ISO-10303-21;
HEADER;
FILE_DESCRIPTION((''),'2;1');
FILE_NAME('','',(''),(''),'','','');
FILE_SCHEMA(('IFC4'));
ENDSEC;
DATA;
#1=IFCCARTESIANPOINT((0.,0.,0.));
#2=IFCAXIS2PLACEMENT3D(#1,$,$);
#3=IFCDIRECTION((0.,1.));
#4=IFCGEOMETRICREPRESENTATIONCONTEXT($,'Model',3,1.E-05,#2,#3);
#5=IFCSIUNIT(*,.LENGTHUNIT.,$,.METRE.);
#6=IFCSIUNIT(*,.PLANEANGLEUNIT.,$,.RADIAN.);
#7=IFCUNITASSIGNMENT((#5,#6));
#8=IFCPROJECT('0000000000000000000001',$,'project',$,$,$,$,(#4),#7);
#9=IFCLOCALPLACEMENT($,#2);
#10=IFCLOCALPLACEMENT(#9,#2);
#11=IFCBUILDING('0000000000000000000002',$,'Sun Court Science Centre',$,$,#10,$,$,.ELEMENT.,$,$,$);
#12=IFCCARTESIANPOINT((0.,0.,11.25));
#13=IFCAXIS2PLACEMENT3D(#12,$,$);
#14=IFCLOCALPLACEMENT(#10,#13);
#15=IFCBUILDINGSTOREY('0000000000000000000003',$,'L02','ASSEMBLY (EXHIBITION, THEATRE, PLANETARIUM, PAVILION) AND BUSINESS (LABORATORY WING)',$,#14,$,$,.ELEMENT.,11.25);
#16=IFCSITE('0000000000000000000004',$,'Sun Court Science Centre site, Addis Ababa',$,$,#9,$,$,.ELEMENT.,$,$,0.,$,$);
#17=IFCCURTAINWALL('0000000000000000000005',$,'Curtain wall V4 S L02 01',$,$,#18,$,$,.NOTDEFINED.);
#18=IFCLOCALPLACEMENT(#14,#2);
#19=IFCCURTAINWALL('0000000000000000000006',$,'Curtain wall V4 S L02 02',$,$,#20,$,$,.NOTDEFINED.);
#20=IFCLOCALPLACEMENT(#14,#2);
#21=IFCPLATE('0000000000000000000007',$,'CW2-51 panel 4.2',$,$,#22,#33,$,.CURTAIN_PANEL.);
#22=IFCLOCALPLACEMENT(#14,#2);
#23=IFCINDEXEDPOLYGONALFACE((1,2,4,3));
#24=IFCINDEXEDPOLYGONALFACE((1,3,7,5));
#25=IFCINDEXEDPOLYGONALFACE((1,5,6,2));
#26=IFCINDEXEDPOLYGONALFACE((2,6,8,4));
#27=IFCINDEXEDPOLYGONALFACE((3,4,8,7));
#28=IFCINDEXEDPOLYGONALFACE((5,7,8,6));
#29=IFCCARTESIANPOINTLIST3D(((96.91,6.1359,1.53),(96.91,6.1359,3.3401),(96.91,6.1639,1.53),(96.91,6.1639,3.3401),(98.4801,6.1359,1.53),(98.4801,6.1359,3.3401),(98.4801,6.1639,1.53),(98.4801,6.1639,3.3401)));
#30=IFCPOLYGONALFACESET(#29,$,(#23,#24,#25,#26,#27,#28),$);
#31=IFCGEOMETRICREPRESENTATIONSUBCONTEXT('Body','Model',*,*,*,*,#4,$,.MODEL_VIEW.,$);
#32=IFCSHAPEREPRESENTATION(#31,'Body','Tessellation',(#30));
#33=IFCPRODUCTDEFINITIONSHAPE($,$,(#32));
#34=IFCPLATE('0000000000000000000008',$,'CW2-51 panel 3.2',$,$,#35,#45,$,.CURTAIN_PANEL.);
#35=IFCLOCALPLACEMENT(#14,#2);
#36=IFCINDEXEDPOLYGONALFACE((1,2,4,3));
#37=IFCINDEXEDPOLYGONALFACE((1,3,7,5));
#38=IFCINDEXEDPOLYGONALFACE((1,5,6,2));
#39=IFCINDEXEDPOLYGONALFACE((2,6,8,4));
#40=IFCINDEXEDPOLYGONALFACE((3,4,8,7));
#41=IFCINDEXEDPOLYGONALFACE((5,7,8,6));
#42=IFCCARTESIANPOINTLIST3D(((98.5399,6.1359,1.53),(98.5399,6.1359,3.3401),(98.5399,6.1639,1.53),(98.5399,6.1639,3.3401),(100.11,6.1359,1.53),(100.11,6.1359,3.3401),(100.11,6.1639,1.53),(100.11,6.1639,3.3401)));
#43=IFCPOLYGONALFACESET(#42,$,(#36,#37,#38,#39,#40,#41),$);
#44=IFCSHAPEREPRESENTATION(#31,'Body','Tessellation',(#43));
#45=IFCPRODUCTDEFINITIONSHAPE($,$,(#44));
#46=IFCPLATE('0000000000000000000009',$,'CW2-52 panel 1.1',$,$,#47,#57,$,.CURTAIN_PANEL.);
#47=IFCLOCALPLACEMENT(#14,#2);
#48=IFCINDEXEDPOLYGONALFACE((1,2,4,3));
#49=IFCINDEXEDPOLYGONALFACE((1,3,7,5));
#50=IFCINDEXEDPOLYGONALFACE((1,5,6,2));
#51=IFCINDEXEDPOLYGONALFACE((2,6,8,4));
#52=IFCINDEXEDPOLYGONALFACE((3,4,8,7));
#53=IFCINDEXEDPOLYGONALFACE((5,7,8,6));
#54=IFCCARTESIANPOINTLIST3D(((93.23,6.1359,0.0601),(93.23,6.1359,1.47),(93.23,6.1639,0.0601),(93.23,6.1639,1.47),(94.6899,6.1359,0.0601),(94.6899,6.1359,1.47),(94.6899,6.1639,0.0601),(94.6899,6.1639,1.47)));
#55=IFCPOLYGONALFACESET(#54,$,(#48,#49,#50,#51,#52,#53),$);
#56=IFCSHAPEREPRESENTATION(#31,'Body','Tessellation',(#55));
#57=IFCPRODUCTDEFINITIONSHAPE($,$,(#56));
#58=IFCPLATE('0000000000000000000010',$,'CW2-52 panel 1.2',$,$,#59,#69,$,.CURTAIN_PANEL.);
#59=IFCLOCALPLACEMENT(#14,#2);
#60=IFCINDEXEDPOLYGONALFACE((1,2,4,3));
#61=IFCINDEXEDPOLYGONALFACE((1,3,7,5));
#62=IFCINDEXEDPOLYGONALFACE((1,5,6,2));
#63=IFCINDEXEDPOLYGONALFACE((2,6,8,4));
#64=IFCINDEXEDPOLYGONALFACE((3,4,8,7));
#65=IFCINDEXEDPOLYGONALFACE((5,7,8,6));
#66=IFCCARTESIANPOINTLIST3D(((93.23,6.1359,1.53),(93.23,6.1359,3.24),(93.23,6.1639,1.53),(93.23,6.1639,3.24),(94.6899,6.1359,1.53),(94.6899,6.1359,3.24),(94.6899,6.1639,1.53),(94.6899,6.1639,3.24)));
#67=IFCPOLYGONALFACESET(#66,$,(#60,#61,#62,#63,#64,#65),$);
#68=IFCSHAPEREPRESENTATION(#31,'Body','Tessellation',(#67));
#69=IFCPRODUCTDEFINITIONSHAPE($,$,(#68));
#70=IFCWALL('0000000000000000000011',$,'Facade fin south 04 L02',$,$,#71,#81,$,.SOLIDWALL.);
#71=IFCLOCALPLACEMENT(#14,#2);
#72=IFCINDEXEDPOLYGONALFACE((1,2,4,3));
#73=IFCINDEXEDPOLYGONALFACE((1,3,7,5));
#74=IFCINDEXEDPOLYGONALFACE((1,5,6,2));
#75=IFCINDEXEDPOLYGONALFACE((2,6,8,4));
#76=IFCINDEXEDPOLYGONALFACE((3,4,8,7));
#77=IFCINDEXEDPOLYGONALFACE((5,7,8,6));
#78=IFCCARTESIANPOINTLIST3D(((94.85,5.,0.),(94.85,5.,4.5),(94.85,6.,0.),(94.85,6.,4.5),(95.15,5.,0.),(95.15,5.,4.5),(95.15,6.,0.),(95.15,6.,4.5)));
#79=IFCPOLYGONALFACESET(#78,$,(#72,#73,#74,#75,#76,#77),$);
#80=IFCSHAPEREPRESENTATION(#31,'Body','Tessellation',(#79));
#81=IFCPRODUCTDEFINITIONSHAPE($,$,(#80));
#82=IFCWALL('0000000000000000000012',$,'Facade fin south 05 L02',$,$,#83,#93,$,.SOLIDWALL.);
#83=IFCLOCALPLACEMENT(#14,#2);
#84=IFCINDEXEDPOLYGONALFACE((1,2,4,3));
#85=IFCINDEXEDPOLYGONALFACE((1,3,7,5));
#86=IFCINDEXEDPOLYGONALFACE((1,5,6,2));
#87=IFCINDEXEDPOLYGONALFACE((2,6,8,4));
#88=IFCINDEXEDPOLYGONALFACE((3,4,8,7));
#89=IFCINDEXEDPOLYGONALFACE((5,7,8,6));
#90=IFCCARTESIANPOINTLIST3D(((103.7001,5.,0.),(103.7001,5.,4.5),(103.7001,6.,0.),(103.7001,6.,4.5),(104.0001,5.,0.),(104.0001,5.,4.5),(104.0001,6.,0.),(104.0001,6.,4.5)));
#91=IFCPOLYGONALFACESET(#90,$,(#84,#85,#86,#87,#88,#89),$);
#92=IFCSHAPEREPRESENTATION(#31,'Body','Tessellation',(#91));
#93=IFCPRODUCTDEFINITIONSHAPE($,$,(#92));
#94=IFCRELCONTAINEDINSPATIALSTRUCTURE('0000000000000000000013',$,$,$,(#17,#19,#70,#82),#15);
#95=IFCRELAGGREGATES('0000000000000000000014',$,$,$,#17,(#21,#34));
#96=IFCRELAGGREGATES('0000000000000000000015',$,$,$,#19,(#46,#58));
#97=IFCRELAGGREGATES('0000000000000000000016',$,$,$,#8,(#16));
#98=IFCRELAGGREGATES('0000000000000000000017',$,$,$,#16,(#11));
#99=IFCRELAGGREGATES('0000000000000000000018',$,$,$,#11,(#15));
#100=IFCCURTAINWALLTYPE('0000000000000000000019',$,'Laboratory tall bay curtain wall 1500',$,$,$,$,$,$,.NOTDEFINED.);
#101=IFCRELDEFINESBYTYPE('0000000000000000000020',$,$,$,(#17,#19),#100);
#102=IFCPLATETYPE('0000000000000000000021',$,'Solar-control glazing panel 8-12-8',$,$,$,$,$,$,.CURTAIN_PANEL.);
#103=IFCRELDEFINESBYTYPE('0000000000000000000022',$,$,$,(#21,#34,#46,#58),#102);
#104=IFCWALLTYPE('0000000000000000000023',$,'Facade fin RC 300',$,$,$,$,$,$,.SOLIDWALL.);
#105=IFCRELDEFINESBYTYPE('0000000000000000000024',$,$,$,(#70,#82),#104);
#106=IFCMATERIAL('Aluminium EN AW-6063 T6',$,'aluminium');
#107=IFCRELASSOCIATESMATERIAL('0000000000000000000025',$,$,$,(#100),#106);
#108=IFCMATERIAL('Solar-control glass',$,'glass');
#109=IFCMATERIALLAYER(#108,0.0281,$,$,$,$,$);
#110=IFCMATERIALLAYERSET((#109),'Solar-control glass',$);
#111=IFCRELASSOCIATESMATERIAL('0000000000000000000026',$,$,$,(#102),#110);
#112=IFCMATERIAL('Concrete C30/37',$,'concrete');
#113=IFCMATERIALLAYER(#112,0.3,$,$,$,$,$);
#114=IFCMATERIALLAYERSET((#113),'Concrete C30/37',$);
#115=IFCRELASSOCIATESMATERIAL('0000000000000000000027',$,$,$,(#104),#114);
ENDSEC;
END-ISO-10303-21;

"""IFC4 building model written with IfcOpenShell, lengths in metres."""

from ifc_helpers import new_model, si_unit, direction, frame, frame_2d, origin, origin_2d, place, context, subcontext, project, spatial, rectangle, extrude, material, layer, layer_set, type_object, element, aggregate, save


model = new_model("IFC4")

# Units and contexts
model_context = context("Model", 3, precision=1e-05, world=origin(), true_north=direction((0.0, 1.0)))
body_context = subcontext(model_context, "Body", "Model", "MODEL_VIEW")
ifc_project = project(units=[si_unit("LENGTHUNIT", "METRE"), si_unit("PLANEANGLEUNIT", "RADIAN")], contexts=[model_context])

# Site, building, storey
site_placement = place(None, origin())
site = spatial("IfcSite", under=ifc_project, at=site_placement, Name="Sun Court Science Centre site, Addis Ababa", CompositionType="ELEMENT", RefElevation=0.0)
building_placement = place(site_placement, origin())
building = spatial("IfcBuilding", under=site, at=building_placement, Name="Sun Court Science Centre", CompositionType="ELEMENT")
storey_placement = place(building_placement, frame((0.0, 0.0, 11.25)))
storey = spatial("IfcBuildingStorey", under=building, at=storey_placement, Name="L02", Description="ASSEMBLY (EXHIBITION, THEATRE, PLANETARIUM, PAVILION) AND BUSINESS (LABORATORY WING)", CompositionType="ELEMENT", Elevation=11.25)

# Curtain walls
ifc_material_1 = material(Name="Aluminium EN AW-6063 T6", Category="aluminium")
curtain_wall_type = type_object("IfcCurtainWallType", Name="Laboratory tall bay curtain wall 1500", PredefinedType="NOTDEFINED", material=ifc_material_1)
curtain_wall_1_placement = place(storey_placement, origin())
curtain_wall_1 = element("IfcCurtainWall", 1, at=curtain_wall_1_placement, inside=storey, type_object=curtain_wall_type, Name="Curtain wall V4 S L02 01", PredefinedType="NOTDEFINED")
curtain_wall_2_placement = place(storey_placement, origin())
curtain_wall_2 = element("IfcCurtainWall", 2, at=curtain_wall_2_placement, inside=storey, type_object=curtain_wall_type, Name="Curtain wall V4 S L02 02", PredefinedType="NOTDEFINED")

# Plates
ifc_material_2 = material(Name="Solar-control glass", Category="glass")
ifc_layer_1 = layer(ifc_material_2, 0.0281)
ifc_layer_set_1 = layer_set([ifc_layer_1], Name="Solar-control glass")
plate_type = type_object("IfcPlateType", Name="Solar-control glazing panel 8-12-8", PredefinedType="CURTAIN_PANEL", material=ifc_layer_set_1)
plate_1_placement = place(storey_placement, frame((97.6951, 6.1499, 1.53), z_axis=(0.0, 0.0, 1.0), x_axis=(-1.0, 0.0, 0.0)))
plate_1 = element("IfcPlate", 3, at=plate_1_placement, type_object=plate_type, Name="CW2-51 panel 4.2", PredefinedType="CURTAIN_PANEL", context=body_context, shape_type="SweptSolid", body=[
    extrude(rectangle(XDim=1.5701, YDim=0.0281, at=origin_2d()), origin(), (0.0, 0.0, 1.0), 1.8101),
])
plate_2_placement = place(storey_placement, frame((99.325, 6.1499, 1.53), z_axis=(0.0, 0.0, 1.0), x_axis=(-1.0, 0.0, 0.0)))
plate_2 = element("IfcPlate", 4, at=plate_2_placement, type_object=plate_type, Name="CW2-51 panel 3.2", PredefinedType="CURTAIN_PANEL", context=body_context, shape_type="SweptSolid", body=[
    extrude(rectangle(XDim=1.5701, YDim=0.0281, at=origin_2d()), origin(), (0.0, 0.0, 1.0), 1.8101),
])
aggregate(curtain_wall_1, [plate_1, plate_2])
plate_3_placement = place(storey_placement, frame((93.96, 6.1499, 0.0601), z_axis=(0.0, 0.0, 1.0), x_axis=(-1.0, 0.0, 0.0)))
plate_3 = element("IfcPlate", 5, at=plate_3_placement, type_object=plate_type, Name="CW2-52 panel 1.1", PredefinedType="CURTAIN_PANEL", context=body_context, shape_type="SweptSolid", body=[
    extrude(rectangle(XDim=1.46, YDim=0.0281, at=origin_2d()), origin(), (0.0, 0.0, 1.0), 1.4099),
])
plate_4_placement = place(storey_placement, frame((93.96, 6.1499, 1.53), z_axis=(0.0, 0.0, 1.0), x_axis=(-1.0, 0.0, 0.0)))
plate_4 = element("IfcPlate", 6, at=plate_4_placement, type_object=plate_type, Name="CW2-52 panel 1.2", PredefinedType="CURTAIN_PANEL", context=body_context, shape_type="SweptSolid", body=[
    extrude(rectangle(XDim=1.46, YDim=0.0281, at=origin_2d()), origin(), (0.0, 0.0, 1.0), 1.71),
])
aggregate(curtain_wall_2, [plate_3, plate_4])

# Walls
ifc_material_3 = material(Name="Concrete C30/37", Category="concrete")
ifc_layer_2 = layer(ifc_material_3, 0.3)
ifc_layer_set_2 = layer_set([ifc_layer_2], Name="Concrete C30/37")
wall_type = type_object("IfcWallType", Name="Facade fin RC 300", PredefinedType="SOLIDWALL", material=ifc_layer_set_2)
for number, where, z_axis, x_axis, name in (
    (7, (95.0, 6.0, 0.0), (0.0, 0.0, 1.0), (0.0, -1.0, 0.0), "Facade fin south 04 L02"),
    (8, (103.8501, 6.0, 0.0), (0.0, 0.0, 1.0), (0.0, -1.0, 0.0), "Facade fin south 05 L02"),
):
    element("IfcWall", number, at=place(storey_placement, frame(where, z_axis=z_axis, x_axis=x_axis)), inside=storey, type_object=wall_type, Name=name, PredefinedType="SOLIDWALL", context=body_context, shape_type="SweptSolid", body=[
        extrude(rectangle(XDim=1.0, YDim=0.3, at=frame_2d((0.5, 0.0))), origin(), (0.0, 0.0, 1.0), 4.5),
    ])

save(model, "model.ifc")
